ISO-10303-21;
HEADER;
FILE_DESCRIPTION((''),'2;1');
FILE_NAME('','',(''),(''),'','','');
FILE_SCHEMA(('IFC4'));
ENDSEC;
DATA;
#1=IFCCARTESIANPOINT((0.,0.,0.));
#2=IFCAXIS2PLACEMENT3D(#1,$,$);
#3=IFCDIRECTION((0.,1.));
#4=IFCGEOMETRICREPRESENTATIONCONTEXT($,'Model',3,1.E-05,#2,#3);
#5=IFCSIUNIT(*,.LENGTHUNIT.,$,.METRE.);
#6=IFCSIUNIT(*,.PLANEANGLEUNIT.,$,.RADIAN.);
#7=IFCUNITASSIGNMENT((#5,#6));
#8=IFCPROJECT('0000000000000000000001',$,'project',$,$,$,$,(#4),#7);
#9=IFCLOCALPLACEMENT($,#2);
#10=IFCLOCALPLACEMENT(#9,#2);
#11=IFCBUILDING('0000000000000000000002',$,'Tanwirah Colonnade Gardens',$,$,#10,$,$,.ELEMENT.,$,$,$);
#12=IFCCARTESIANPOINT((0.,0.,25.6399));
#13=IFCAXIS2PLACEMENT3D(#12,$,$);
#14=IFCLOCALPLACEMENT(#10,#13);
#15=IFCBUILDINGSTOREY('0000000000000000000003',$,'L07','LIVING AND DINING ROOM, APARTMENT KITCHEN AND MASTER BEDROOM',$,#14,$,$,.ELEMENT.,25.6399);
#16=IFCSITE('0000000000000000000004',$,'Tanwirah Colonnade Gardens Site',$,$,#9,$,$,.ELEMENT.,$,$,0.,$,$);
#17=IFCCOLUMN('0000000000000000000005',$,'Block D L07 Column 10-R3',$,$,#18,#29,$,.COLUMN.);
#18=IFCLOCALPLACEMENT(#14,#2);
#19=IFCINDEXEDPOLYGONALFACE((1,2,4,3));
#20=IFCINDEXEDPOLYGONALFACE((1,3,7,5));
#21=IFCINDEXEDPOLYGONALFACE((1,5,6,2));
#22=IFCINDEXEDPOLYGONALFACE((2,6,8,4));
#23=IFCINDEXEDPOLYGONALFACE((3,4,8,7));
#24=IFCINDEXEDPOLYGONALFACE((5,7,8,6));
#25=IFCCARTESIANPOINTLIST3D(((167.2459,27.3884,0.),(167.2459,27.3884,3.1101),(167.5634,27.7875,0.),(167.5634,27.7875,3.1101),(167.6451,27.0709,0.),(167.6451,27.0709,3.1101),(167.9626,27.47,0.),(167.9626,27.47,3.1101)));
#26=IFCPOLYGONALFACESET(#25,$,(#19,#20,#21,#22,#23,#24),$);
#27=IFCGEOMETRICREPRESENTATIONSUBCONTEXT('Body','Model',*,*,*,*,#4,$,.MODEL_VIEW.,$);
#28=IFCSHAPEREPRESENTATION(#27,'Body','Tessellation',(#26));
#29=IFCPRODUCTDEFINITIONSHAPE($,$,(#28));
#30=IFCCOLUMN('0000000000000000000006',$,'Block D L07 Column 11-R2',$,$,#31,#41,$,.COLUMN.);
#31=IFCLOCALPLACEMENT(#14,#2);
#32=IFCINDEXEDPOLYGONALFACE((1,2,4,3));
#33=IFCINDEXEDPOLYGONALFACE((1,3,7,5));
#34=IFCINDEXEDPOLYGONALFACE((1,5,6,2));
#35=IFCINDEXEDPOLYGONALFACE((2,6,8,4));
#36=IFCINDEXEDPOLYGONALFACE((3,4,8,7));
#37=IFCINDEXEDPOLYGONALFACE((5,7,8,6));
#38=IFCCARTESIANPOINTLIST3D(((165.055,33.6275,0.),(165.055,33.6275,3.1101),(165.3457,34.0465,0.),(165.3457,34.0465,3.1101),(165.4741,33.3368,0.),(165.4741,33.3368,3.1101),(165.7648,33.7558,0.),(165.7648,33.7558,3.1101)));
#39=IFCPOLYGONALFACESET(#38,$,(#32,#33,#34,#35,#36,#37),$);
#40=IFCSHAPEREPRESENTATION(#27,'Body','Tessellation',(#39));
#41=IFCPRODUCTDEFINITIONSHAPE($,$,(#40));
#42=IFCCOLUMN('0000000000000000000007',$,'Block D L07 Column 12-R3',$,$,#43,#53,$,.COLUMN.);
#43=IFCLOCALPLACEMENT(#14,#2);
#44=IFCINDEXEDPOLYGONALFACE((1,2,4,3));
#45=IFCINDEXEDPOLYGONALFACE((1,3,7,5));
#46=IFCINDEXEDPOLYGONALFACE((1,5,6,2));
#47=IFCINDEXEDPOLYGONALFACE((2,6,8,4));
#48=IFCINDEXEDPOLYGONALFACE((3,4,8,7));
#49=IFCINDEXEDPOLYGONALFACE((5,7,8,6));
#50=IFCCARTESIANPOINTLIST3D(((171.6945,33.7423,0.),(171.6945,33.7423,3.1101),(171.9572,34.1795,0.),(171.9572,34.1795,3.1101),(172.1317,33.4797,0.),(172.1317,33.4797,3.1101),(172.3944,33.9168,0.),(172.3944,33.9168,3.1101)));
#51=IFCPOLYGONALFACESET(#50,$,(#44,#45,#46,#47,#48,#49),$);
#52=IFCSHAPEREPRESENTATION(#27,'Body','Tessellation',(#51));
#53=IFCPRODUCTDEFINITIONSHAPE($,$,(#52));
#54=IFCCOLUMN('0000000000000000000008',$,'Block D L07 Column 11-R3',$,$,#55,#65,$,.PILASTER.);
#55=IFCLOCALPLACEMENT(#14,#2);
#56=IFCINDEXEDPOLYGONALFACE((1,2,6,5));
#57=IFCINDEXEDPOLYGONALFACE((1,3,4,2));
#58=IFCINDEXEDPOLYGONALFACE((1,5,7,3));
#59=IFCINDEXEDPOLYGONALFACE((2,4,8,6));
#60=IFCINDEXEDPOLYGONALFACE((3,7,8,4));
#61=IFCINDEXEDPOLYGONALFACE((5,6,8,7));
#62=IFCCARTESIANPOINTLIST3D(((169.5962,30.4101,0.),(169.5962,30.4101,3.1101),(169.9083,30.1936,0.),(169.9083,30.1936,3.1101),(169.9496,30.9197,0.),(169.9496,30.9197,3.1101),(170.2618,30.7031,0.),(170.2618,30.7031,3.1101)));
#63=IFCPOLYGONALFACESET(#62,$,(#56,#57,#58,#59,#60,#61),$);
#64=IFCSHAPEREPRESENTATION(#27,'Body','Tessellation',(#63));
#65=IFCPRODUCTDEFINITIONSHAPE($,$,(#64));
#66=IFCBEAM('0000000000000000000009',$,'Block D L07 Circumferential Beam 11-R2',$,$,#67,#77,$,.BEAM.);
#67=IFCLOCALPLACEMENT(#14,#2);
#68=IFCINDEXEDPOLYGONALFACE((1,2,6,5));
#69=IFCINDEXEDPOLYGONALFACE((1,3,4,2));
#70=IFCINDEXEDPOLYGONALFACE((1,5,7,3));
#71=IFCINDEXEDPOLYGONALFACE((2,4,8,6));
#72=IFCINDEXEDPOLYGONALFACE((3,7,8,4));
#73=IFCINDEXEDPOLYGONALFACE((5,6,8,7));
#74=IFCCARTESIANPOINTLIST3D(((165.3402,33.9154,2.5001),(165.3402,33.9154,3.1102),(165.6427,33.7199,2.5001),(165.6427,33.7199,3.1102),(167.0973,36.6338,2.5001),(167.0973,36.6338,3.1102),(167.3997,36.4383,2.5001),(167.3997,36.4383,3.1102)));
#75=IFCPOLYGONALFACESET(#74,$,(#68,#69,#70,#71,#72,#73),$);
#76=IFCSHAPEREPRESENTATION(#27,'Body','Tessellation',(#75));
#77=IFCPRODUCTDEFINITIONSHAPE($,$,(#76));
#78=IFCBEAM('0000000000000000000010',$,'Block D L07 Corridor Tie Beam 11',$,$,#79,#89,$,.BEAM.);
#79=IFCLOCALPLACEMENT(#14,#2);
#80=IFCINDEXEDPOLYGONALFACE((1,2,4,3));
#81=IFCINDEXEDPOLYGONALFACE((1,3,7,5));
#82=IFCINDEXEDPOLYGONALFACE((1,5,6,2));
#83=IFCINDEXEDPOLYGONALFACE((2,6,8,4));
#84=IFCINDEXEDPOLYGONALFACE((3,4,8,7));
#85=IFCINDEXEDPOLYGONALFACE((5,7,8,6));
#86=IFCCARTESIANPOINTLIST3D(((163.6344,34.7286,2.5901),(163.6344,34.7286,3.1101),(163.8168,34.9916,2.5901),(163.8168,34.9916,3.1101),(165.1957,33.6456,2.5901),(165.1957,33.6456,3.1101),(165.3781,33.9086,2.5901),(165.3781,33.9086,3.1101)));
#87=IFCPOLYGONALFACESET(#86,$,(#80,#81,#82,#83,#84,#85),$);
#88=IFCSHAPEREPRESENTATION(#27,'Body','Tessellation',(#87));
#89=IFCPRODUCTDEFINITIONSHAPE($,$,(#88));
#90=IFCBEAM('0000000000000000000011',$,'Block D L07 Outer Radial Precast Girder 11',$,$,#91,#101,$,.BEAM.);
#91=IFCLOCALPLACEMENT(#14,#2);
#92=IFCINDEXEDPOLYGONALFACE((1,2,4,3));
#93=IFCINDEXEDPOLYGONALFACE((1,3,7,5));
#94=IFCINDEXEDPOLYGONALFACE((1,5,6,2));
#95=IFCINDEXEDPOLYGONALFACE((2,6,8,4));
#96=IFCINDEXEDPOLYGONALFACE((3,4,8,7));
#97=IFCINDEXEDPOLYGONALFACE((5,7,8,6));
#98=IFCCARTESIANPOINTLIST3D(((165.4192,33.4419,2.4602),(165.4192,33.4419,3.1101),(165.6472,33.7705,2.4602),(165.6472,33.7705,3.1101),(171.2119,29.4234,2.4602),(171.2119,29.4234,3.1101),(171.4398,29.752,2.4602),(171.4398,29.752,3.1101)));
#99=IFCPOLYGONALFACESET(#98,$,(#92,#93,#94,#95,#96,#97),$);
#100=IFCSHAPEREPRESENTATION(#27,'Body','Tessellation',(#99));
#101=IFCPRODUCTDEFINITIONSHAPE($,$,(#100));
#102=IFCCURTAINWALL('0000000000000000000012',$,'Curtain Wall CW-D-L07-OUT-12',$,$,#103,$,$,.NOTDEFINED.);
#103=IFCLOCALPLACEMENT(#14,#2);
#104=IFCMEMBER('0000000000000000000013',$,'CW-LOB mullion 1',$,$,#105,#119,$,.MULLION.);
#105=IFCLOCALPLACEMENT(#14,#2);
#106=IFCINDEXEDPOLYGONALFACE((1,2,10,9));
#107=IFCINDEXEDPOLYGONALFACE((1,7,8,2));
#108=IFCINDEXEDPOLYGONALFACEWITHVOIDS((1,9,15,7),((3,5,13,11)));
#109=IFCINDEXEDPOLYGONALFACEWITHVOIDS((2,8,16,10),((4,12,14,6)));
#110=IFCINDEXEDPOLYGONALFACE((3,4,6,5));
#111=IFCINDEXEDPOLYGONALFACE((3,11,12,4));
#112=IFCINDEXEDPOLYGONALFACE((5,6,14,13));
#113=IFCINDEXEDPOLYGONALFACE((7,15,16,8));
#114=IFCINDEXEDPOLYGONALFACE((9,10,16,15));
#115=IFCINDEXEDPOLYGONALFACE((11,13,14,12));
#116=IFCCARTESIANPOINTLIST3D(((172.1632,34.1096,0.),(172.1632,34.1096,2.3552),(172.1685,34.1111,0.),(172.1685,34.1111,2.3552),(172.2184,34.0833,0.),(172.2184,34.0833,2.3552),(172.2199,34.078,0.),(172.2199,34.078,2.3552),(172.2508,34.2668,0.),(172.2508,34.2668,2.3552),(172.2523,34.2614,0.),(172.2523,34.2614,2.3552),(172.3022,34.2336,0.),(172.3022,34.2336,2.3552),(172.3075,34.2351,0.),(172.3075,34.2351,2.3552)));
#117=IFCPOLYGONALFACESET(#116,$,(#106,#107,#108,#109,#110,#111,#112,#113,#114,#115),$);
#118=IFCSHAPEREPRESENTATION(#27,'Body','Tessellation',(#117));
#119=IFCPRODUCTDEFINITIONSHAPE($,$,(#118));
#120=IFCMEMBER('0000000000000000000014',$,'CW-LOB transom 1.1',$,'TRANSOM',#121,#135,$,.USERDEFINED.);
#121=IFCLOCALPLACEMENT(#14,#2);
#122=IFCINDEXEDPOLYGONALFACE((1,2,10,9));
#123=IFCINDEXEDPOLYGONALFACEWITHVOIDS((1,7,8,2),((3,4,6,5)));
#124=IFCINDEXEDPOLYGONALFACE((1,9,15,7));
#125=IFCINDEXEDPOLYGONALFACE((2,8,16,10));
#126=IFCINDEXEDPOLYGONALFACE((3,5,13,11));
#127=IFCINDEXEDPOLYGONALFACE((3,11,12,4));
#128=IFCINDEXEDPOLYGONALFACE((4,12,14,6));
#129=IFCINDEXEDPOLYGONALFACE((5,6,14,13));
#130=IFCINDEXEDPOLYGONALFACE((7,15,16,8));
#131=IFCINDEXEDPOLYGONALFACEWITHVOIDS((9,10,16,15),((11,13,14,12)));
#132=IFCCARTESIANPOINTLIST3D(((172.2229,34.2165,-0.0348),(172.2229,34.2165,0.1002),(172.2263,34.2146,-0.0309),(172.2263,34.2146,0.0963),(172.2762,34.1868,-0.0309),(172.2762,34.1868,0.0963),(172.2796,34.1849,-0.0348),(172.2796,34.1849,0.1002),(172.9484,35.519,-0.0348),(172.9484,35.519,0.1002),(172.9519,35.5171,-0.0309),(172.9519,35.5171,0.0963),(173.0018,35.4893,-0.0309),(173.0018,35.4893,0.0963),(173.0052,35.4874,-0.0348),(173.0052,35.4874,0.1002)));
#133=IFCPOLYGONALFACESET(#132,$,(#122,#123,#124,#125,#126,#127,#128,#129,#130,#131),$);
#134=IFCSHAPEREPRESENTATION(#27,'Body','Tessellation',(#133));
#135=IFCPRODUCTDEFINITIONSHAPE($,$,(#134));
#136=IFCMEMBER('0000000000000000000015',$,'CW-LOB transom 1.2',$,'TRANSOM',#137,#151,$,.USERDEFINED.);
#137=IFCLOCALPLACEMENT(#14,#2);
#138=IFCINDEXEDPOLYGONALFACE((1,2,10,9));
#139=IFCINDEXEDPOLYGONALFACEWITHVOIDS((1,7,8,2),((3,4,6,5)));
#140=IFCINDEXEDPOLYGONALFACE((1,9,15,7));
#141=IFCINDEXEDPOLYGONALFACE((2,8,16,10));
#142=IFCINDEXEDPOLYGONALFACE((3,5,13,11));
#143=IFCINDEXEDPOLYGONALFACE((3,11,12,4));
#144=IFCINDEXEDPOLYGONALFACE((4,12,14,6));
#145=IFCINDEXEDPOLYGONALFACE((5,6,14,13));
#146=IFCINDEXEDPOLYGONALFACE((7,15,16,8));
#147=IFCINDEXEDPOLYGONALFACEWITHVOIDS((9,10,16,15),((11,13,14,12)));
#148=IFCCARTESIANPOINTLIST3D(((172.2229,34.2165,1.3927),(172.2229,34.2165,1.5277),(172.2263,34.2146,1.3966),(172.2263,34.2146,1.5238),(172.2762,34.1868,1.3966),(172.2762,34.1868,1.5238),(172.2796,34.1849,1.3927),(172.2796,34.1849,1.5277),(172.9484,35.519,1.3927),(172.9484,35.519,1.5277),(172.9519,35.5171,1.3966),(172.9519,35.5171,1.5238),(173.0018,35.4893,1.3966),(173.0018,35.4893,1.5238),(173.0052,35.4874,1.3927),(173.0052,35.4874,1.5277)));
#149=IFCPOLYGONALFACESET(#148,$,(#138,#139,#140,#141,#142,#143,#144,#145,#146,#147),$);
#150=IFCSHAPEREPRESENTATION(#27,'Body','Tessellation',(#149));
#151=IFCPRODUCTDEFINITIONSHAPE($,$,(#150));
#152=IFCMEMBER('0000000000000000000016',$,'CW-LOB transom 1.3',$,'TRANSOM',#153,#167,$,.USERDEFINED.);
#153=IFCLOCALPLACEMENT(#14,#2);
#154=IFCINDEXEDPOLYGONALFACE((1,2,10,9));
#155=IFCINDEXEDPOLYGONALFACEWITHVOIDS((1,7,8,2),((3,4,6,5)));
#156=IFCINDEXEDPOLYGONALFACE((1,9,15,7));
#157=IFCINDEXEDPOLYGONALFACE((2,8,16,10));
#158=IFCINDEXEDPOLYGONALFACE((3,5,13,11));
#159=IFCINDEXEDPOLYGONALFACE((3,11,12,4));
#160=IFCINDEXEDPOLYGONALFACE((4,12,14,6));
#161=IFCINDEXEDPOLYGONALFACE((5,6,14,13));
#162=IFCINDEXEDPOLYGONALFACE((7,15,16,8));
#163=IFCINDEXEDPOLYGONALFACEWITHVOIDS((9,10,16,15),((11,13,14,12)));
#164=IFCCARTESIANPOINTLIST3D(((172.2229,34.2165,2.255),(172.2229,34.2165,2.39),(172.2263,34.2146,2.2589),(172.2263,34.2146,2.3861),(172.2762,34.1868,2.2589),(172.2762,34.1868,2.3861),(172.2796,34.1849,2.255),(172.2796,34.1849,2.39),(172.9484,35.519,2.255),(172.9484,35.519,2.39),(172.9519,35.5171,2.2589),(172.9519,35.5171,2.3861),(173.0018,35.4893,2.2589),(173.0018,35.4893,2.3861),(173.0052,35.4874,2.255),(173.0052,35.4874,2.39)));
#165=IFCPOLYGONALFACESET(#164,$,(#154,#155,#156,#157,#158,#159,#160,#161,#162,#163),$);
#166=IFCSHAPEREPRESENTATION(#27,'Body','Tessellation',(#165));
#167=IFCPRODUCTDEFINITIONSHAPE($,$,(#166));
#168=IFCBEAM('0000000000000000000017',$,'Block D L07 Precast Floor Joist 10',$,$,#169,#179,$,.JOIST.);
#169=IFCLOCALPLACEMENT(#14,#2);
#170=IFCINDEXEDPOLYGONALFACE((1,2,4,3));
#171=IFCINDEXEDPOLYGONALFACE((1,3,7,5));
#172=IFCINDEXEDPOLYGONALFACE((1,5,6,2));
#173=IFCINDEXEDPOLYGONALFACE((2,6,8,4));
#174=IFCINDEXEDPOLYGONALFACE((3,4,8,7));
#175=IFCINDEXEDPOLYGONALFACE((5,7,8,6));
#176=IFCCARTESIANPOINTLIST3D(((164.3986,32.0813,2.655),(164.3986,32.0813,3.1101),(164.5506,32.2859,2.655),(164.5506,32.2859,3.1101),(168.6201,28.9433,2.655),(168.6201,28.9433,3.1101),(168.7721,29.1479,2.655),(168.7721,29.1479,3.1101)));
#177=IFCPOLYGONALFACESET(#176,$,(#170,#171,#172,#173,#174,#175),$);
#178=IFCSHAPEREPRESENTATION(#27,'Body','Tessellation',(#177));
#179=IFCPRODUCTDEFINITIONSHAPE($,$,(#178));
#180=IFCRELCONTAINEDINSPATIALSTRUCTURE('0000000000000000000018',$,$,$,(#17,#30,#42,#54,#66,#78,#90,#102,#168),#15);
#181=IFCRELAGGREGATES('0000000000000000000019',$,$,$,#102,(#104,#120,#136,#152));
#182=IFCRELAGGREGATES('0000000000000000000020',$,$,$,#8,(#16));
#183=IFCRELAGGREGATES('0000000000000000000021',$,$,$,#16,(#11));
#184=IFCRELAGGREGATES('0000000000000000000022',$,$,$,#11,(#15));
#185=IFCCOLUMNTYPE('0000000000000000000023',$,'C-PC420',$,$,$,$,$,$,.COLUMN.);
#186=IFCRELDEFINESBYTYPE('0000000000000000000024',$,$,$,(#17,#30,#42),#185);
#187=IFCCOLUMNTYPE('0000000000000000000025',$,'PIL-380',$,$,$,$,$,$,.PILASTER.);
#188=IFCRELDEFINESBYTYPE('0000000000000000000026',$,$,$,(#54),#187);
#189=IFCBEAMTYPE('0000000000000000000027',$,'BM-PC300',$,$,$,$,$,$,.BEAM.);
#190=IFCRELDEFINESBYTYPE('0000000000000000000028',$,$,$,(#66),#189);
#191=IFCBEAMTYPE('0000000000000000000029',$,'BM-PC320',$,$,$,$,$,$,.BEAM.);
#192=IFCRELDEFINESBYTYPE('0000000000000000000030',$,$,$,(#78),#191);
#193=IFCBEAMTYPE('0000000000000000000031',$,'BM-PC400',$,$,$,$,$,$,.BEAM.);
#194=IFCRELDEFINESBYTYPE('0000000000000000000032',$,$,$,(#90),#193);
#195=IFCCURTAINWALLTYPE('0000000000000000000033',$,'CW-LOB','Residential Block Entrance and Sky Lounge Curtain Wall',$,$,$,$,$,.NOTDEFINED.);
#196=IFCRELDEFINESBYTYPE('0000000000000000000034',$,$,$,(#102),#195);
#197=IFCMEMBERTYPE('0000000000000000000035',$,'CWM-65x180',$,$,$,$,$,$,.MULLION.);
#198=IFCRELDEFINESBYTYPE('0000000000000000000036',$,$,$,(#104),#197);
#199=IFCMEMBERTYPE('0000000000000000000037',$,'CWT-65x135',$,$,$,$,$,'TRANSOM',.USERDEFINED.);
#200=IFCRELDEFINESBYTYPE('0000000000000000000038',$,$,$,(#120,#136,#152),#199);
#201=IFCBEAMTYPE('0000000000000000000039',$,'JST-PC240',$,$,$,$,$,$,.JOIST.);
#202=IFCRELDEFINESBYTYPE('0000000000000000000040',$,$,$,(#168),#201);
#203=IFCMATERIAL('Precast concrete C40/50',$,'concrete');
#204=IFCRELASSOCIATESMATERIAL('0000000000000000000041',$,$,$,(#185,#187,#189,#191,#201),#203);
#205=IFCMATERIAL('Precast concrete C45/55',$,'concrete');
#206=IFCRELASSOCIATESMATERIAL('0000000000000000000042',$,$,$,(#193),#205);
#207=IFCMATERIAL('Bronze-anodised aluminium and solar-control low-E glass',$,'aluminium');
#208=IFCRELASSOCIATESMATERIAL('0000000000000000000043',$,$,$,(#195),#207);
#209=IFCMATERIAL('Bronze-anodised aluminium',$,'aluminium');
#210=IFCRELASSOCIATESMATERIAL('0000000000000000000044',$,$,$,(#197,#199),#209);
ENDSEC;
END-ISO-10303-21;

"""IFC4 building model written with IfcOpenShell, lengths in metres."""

from ifc_helpers import new_model, si_unit, direction, frame, origin, origin_2d, place, context, subcontext, project, spatial, rectangle, hollow_rectangle, extrude, material, material_profile, profile_set, type_object, element, aggregate, save


model = new_model("IFC4")

# Units and contexts
model_context = context("Model", 3, precision=1e-05, world=origin(), true_north=direction((0.0, 1.0)))
body_context = subcontext(model_context, "Body", "Model", "MODEL_VIEW")
ifc_project = project(units=[si_unit("LENGTHUNIT", "METRE"), si_unit("PLANEANGLEUNIT", "RADIAN")], contexts=[model_context])

# Site, building, storey
site_placement = place(None, origin())
site = spatial("IfcSite", under=ifc_project, at=site_placement, Name="Tanwirah Colonnade Gardens Site", CompositionType="ELEMENT", RefElevation=0.0)
building_placement = place(site_placement, origin())
building = spatial("IfcBuilding", under=site, at=building_placement, Name="Tanwirah Colonnade Gardens", CompositionType="ELEMENT")
storey_placement = place(building_placement, frame((0.0, 0.0, 25.6399)))
storey = spatial("IfcBuildingStorey", under=building, at=storey_placement, Name="L07", Description="LIVING AND DINING ROOM, APARTMENT KITCHEN AND MASTER BEDROOM", CompositionType="ELEMENT", Elevation=25.6399)

# Columns
ifc_material_1 = material(Name="Precast concrete C40/50", Category="concrete")
ifc_material_profile_1 = material_profile(ifc_material_1, rectangle(XDim=0.51, YDim=0.51, at=origin_2d()), Name="PC-COL 510x510")
ifc_profile_set_1 = profile_set([ifc_material_profile_1], Name="Precast concrete C40/50")
column_type_1 = type_object("IfcColumnType", Name="C-PC420", PredefinedType="COLUMN", material=ifc_profile_set_1)
for number, where, z_axis, x_axis, name in (
    (1, (167.6042, 27.4292, 0.0), (0.0, 0.0, 1.0), (0.782608, -0.622515, 0.0), "Block D L07 Column 10-R3"),
    (2, (165.4099, 33.6917, 0.0), (0.0, 0.0, 1.0), (0.821647, -0.569997, 0.0), "Block D L07 Column 11-R2"),
    (3, (172.0444, 33.8296, 0.0), (0.0, 0.0, 1.0), (0.857167, -0.515038, 0.0), "Block D L07 Column 12-R3"),
):
    element("IfcColumn", number, at=place(storey_placement, frame(where, z_axis=z_axis, x_axis=x_axis)), inside=storey, type_object=column_type_1, Name=name, PredefinedType="COLUMN", context=body_context, shape_type="SweptSolid", body=[
        extrude(rectangle(XDim=0.51, YDim=0.51, at=origin_2d()), origin(), (0.0, 0.0, 1.0), 3.1101),
    ])
ifc_material_profile_2 = material_profile(ifc_material_1, rectangle(XDim=0.3799, YDim=0.6201, at=origin_2d()), Name="PC-PIL 380x620")
ifc_profile_set_2 = profile_set([ifc_material_profile_2], Name="Precast concrete C40/50")
column_type_2 = type_object("IfcColumnType", Name="PIL-380", PredefinedType="PILASTER", material=ifc_profile_set_2)
column_placement = place(storey_placement, frame((169.929, 30.5566, 0.0), z_axis=(0.0, 0.0, 1.0), x_axis=(0.821647, -0.569997, 0.0)))
element("IfcColumn", 4, at=column_placement, inside=storey, type_object=column_type_2, Name="Block D L07 Column 11-R3", PredefinedType="PILASTER", context=body_context, shape_type="SweptSolid", body=[
    extrude(rectangle(XDim=0.3799, YDim=0.6201, at=origin_2d()), origin(), (0.0, 0.0, 1.0), 3.1101),
])

# Beams
ifc_material_profile_3 = material_profile(ifc_material_1, rectangle(XDim=0.3601, YDim=0.6101, at=origin_2d()), Name="PC-BM 360x610")
ifc_profile_set_3 = profile_set([ifc_material_profile_3], Name="Precast concrete C40/50")
beam_type_1 = type_object("IfcBeamType", Name="BM-PC300", PredefinedType="BEAM", material=ifc_profile_set_3)
beam_1_placement = place(storey_placement, frame((165.4915, 33.8176, 2.8052), z_axis=(0.542826, 0.839845, 0.0), x_axis=(-0.839845, 0.542826, 0.0)))
element("IfcBeam", 5, at=beam_1_placement, inside=storey, type_object=beam_type_1, Name="Block D L07 Circumferential Beam 11-R2", PredefinedType="BEAM", context=body_context, shape_type="SweptSolid", body=[
    extrude(rectangle(XDim=0.3601, YDim=0.6101, at=origin_2d()), origin(), (0.0, 0.0, 1.0), 3.2368),
])
ifc_material_profile_4 = material_profile(ifc_material_1, rectangle(XDim=0.3201, YDim=0.52, at=origin_2d()), Name="PC-BM 320x520")
ifc_profile_set_4 = profile_set([ifc_material_profile_4], Name="Precast concrete C40/50")
beam_type_2 = type_object("IfcBeamType", Name="BM-PC320", PredefinedType="BEAM", material=ifc_profile_set_4)
beam_2_placement = place(storey_placement, frame((163.7256, 34.8601, 2.8501), z_axis=(0.821669, -0.569965, 0.0), x_axis=(0.569965, 0.821669, 0.0)))
element("IfcBeam", 6, at=beam_2_placement, inside=storey, type_object=beam_type_2, Name="Block D L07 Corridor Tie Beam 11", PredefinedType="BEAM", context=body_context, shape_type="SweptSolid", body=[
    extrude(rectangle(XDim=0.3201, YDim=0.52, at=origin_2d()), origin(), (0.0, 0.0, 1.0), 1.9001),
])
ifc_material_2 = material(Name="Precast concrete C45/55", Category="concrete")
ifc_material_profile_5 = material_profile(ifc_material_2, rectangle(XDim=0.3999, YDim=0.6499, at=origin_2d()), Name="PC-BM 400x650")
ifc_profile_set_5 = profile_set([ifc_material_profile_5], Name="Precast concrete C45/55")
beam_type_3 = type_object("IfcBeamType", Name="BM-PC400", PredefinedType="BEAM", material=ifc_profile_set_5)
beam_3_placement = place(storey_placement, frame((165.5332, 33.6062, 2.7852), z_axis=(0.821647, -0.569997, 0.0), x_axis=(0.569997, 0.821647, 0.0)))
element("IfcBeam", 7, at=beam_3_placement, inside=storey, type_object=beam_type_3, Name="Block D L07 Outer Radial Precast Girder 11", PredefinedType="BEAM", context=body_context, shape_type="SweptSolid", body=[
    extrude(rectangle(XDim=0.3999, YDim=0.6499, at=origin_2d()), origin(), (0.0, 0.0, 1.0), 7.05),
])

# Curtain wall, members
ifc_material_3 = material(Name="Bronze-anodised aluminium and solar-control low-E glass", Category="aluminium")
curtain_wall_type = type_object("IfcCurtainWallType", Name="CW-LOB", Description="Residential Block Entrance and Sky Lounge Curtain Wall", PredefinedType="NOTDEFINED", material=ifc_material_3)
curtain_wall_placement = place(storey_placement, origin())
curtain_wall = element("IfcCurtainWall", 8, at=curtain_wall_placement, inside=storey, type_object=curtain_wall_type, Name="Curtain Wall CW-D-L07-OUT-12", PredefinedType="NOTDEFINED")
ifc_material_4 = material(Name="Bronze-anodised aluminium", Category="aluminium")
ifc_material_profile_6 = material_profile(ifc_material_4, hollow_rectangle(XDim=0.0649, YDim=0.1799, WallThickness=0.0039, at=origin_2d()), Name="CW-MUL 65x180x4")
ifc_profile_set_6 = profile_set([ifc_material_profile_6], Name="Bronze-anodised aluminium")
member_type_1 = type_object("IfcMemberType", Name="CWM-65x180", PredefinedType="MULLION", material=ifc_profile_set_6)
member_1_placement = place(storey_placement, frame((172.2354, 34.1724, 0.0), z_axis=(0.0, 0.0, 1.0), x_axis=(-0.873561, 0.486715, 0.0)))
member_1 = element("IfcMember", 9, at=member_1_placement, type_object=member_type_1, Name="CW-LOB mullion 1", PredefinedType="MULLION", context=body_context, shape_type="SweptSolid", body=[
    extrude(hollow_rectangle(XDim=0.0649, YDim=0.1799, WallThickness=0.0039, at=origin_2d()), origin(), (0.0, 0.0, 1.0), 2.3552),
])
ifc_material_profile_7 = material_profile(ifc_material_4, hollow_rectangle(XDim=0.0649, YDim=0.135, WallThickness=0.0039, at=origin_2d()), Name="CW-TRN 65x135x4")
ifc_profile_set_7 = profile_set([ifc_material_profile_7], Name="Bronze-anodised aluminium")
member_type_2 = type_object("IfcMemberType", Name="CWT-65x135", ElementType="TRANSOM", PredefinedType="USERDEFINED", material=ifc_profile_set_7)
member_2_placement = place(storey_placement, frame((172.2512, 34.2007, 0.0327), z_axis=(0.486658, 0.873593, 0.0), x_axis=(-0.873593, 0.486658, 0.0)))
member_2 = element("IfcMember", 10, at=member_2_placement, type_object=member_type_2, Name="CW-LOB transom 1.1", ObjectType="TRANSOM", PredefinedType="USERDEFINED", context=body_context, shape_type="SweptSolid", body=[
    extrude(hollow_rectangle(XDim=0.0649, YDim=0.135, WallThickness=0.0039, at=origin_2d()), origin(), (0.0, 0.0, 1.0), 1.491),
])
member_3_placement = place(storey_placement, frame((172.2512, 34.2007, 1.4602), z_axis=(0.486658, 0.873593, 0.0), x_axis=(-0.873593, 0.486658, 0.0)))
member_3 = element("IfcMember", 11, at=member_3_placement, type_object=member_type_2, Name="CW-LOB transom 1.2", ObjectType="TRANSOM", PredefinedType="USERDEFINED", context=body_context, shape_type="SweptSolid", body=[
    extrude(hollow_rectangle(XDim=0.0649, YDim=0.135, WallThickness=0.0039, at=origin_2d()), origin(), (0.0, 0.0, 1.0), 1.491),
])
member_4_placement = place(storey_placement, frame((172.2512, 34.2007, 2.3225), z_axis=(0.486658, 0.873593, 0.0), x_axis=(-0.873593, 0.486658, 0.0)))
member_4 = element("IfcMember", 12, at=member_4_placement, type_object=member_type_2, Name="CW-LOB transom 1.3", ObjectType="TRANSOM", PredefinedType="USERDEFINED", context=body_context, shape_type="SweptSolid", body=[
    extrude(hollow_rectangle(XDim=0.0649, YDim=0.135, WallThickness=0.0039, at=origin_2d()), origin(), (0.0, 0.0, 1.0), 1.491),
])

# Beam
ifc_material_profile_8 = material_profile(ifc_material_1, rectangle(XDim=0.2549, YDim=0.4551, at=origin_2d()), Name="PC-JST 255x455")
ifc_profile_set_8 = profile_set([ifc_material_profile_8], Name="Precast concrete C40/50")
beam_type_4 = type_object("IfcBeamType", Name="JST-PC240", PredefinedType="JOIST", material=ifc_profile_set_8)
beam_4_placement = place(storey_placement, frame((164.4746, 32.1836, 2.8826), z_axis=(0.80256, -0.596571, 0.0), x_axis=(0.596571, 0.80256, 0.0)))
element("IfcBeam", 13, at=beam_4_placement, inside=storey, type_object=beam_type_4, Name="Block D L07 Precast Floor Joist 10", PredefinedType="JOIST", context=body_context, shape_type="SweptSolid", body=[
    extrude(rectangle(XDim=0.2549, YDim=0.4551, at=origin_2d()), origin(), (0.0, 0.0, 1.0), 5.26),
])

aggregate(curtain_wall, [member_1, member_2, member_3, member_4])

save(model, "model.ifc")
